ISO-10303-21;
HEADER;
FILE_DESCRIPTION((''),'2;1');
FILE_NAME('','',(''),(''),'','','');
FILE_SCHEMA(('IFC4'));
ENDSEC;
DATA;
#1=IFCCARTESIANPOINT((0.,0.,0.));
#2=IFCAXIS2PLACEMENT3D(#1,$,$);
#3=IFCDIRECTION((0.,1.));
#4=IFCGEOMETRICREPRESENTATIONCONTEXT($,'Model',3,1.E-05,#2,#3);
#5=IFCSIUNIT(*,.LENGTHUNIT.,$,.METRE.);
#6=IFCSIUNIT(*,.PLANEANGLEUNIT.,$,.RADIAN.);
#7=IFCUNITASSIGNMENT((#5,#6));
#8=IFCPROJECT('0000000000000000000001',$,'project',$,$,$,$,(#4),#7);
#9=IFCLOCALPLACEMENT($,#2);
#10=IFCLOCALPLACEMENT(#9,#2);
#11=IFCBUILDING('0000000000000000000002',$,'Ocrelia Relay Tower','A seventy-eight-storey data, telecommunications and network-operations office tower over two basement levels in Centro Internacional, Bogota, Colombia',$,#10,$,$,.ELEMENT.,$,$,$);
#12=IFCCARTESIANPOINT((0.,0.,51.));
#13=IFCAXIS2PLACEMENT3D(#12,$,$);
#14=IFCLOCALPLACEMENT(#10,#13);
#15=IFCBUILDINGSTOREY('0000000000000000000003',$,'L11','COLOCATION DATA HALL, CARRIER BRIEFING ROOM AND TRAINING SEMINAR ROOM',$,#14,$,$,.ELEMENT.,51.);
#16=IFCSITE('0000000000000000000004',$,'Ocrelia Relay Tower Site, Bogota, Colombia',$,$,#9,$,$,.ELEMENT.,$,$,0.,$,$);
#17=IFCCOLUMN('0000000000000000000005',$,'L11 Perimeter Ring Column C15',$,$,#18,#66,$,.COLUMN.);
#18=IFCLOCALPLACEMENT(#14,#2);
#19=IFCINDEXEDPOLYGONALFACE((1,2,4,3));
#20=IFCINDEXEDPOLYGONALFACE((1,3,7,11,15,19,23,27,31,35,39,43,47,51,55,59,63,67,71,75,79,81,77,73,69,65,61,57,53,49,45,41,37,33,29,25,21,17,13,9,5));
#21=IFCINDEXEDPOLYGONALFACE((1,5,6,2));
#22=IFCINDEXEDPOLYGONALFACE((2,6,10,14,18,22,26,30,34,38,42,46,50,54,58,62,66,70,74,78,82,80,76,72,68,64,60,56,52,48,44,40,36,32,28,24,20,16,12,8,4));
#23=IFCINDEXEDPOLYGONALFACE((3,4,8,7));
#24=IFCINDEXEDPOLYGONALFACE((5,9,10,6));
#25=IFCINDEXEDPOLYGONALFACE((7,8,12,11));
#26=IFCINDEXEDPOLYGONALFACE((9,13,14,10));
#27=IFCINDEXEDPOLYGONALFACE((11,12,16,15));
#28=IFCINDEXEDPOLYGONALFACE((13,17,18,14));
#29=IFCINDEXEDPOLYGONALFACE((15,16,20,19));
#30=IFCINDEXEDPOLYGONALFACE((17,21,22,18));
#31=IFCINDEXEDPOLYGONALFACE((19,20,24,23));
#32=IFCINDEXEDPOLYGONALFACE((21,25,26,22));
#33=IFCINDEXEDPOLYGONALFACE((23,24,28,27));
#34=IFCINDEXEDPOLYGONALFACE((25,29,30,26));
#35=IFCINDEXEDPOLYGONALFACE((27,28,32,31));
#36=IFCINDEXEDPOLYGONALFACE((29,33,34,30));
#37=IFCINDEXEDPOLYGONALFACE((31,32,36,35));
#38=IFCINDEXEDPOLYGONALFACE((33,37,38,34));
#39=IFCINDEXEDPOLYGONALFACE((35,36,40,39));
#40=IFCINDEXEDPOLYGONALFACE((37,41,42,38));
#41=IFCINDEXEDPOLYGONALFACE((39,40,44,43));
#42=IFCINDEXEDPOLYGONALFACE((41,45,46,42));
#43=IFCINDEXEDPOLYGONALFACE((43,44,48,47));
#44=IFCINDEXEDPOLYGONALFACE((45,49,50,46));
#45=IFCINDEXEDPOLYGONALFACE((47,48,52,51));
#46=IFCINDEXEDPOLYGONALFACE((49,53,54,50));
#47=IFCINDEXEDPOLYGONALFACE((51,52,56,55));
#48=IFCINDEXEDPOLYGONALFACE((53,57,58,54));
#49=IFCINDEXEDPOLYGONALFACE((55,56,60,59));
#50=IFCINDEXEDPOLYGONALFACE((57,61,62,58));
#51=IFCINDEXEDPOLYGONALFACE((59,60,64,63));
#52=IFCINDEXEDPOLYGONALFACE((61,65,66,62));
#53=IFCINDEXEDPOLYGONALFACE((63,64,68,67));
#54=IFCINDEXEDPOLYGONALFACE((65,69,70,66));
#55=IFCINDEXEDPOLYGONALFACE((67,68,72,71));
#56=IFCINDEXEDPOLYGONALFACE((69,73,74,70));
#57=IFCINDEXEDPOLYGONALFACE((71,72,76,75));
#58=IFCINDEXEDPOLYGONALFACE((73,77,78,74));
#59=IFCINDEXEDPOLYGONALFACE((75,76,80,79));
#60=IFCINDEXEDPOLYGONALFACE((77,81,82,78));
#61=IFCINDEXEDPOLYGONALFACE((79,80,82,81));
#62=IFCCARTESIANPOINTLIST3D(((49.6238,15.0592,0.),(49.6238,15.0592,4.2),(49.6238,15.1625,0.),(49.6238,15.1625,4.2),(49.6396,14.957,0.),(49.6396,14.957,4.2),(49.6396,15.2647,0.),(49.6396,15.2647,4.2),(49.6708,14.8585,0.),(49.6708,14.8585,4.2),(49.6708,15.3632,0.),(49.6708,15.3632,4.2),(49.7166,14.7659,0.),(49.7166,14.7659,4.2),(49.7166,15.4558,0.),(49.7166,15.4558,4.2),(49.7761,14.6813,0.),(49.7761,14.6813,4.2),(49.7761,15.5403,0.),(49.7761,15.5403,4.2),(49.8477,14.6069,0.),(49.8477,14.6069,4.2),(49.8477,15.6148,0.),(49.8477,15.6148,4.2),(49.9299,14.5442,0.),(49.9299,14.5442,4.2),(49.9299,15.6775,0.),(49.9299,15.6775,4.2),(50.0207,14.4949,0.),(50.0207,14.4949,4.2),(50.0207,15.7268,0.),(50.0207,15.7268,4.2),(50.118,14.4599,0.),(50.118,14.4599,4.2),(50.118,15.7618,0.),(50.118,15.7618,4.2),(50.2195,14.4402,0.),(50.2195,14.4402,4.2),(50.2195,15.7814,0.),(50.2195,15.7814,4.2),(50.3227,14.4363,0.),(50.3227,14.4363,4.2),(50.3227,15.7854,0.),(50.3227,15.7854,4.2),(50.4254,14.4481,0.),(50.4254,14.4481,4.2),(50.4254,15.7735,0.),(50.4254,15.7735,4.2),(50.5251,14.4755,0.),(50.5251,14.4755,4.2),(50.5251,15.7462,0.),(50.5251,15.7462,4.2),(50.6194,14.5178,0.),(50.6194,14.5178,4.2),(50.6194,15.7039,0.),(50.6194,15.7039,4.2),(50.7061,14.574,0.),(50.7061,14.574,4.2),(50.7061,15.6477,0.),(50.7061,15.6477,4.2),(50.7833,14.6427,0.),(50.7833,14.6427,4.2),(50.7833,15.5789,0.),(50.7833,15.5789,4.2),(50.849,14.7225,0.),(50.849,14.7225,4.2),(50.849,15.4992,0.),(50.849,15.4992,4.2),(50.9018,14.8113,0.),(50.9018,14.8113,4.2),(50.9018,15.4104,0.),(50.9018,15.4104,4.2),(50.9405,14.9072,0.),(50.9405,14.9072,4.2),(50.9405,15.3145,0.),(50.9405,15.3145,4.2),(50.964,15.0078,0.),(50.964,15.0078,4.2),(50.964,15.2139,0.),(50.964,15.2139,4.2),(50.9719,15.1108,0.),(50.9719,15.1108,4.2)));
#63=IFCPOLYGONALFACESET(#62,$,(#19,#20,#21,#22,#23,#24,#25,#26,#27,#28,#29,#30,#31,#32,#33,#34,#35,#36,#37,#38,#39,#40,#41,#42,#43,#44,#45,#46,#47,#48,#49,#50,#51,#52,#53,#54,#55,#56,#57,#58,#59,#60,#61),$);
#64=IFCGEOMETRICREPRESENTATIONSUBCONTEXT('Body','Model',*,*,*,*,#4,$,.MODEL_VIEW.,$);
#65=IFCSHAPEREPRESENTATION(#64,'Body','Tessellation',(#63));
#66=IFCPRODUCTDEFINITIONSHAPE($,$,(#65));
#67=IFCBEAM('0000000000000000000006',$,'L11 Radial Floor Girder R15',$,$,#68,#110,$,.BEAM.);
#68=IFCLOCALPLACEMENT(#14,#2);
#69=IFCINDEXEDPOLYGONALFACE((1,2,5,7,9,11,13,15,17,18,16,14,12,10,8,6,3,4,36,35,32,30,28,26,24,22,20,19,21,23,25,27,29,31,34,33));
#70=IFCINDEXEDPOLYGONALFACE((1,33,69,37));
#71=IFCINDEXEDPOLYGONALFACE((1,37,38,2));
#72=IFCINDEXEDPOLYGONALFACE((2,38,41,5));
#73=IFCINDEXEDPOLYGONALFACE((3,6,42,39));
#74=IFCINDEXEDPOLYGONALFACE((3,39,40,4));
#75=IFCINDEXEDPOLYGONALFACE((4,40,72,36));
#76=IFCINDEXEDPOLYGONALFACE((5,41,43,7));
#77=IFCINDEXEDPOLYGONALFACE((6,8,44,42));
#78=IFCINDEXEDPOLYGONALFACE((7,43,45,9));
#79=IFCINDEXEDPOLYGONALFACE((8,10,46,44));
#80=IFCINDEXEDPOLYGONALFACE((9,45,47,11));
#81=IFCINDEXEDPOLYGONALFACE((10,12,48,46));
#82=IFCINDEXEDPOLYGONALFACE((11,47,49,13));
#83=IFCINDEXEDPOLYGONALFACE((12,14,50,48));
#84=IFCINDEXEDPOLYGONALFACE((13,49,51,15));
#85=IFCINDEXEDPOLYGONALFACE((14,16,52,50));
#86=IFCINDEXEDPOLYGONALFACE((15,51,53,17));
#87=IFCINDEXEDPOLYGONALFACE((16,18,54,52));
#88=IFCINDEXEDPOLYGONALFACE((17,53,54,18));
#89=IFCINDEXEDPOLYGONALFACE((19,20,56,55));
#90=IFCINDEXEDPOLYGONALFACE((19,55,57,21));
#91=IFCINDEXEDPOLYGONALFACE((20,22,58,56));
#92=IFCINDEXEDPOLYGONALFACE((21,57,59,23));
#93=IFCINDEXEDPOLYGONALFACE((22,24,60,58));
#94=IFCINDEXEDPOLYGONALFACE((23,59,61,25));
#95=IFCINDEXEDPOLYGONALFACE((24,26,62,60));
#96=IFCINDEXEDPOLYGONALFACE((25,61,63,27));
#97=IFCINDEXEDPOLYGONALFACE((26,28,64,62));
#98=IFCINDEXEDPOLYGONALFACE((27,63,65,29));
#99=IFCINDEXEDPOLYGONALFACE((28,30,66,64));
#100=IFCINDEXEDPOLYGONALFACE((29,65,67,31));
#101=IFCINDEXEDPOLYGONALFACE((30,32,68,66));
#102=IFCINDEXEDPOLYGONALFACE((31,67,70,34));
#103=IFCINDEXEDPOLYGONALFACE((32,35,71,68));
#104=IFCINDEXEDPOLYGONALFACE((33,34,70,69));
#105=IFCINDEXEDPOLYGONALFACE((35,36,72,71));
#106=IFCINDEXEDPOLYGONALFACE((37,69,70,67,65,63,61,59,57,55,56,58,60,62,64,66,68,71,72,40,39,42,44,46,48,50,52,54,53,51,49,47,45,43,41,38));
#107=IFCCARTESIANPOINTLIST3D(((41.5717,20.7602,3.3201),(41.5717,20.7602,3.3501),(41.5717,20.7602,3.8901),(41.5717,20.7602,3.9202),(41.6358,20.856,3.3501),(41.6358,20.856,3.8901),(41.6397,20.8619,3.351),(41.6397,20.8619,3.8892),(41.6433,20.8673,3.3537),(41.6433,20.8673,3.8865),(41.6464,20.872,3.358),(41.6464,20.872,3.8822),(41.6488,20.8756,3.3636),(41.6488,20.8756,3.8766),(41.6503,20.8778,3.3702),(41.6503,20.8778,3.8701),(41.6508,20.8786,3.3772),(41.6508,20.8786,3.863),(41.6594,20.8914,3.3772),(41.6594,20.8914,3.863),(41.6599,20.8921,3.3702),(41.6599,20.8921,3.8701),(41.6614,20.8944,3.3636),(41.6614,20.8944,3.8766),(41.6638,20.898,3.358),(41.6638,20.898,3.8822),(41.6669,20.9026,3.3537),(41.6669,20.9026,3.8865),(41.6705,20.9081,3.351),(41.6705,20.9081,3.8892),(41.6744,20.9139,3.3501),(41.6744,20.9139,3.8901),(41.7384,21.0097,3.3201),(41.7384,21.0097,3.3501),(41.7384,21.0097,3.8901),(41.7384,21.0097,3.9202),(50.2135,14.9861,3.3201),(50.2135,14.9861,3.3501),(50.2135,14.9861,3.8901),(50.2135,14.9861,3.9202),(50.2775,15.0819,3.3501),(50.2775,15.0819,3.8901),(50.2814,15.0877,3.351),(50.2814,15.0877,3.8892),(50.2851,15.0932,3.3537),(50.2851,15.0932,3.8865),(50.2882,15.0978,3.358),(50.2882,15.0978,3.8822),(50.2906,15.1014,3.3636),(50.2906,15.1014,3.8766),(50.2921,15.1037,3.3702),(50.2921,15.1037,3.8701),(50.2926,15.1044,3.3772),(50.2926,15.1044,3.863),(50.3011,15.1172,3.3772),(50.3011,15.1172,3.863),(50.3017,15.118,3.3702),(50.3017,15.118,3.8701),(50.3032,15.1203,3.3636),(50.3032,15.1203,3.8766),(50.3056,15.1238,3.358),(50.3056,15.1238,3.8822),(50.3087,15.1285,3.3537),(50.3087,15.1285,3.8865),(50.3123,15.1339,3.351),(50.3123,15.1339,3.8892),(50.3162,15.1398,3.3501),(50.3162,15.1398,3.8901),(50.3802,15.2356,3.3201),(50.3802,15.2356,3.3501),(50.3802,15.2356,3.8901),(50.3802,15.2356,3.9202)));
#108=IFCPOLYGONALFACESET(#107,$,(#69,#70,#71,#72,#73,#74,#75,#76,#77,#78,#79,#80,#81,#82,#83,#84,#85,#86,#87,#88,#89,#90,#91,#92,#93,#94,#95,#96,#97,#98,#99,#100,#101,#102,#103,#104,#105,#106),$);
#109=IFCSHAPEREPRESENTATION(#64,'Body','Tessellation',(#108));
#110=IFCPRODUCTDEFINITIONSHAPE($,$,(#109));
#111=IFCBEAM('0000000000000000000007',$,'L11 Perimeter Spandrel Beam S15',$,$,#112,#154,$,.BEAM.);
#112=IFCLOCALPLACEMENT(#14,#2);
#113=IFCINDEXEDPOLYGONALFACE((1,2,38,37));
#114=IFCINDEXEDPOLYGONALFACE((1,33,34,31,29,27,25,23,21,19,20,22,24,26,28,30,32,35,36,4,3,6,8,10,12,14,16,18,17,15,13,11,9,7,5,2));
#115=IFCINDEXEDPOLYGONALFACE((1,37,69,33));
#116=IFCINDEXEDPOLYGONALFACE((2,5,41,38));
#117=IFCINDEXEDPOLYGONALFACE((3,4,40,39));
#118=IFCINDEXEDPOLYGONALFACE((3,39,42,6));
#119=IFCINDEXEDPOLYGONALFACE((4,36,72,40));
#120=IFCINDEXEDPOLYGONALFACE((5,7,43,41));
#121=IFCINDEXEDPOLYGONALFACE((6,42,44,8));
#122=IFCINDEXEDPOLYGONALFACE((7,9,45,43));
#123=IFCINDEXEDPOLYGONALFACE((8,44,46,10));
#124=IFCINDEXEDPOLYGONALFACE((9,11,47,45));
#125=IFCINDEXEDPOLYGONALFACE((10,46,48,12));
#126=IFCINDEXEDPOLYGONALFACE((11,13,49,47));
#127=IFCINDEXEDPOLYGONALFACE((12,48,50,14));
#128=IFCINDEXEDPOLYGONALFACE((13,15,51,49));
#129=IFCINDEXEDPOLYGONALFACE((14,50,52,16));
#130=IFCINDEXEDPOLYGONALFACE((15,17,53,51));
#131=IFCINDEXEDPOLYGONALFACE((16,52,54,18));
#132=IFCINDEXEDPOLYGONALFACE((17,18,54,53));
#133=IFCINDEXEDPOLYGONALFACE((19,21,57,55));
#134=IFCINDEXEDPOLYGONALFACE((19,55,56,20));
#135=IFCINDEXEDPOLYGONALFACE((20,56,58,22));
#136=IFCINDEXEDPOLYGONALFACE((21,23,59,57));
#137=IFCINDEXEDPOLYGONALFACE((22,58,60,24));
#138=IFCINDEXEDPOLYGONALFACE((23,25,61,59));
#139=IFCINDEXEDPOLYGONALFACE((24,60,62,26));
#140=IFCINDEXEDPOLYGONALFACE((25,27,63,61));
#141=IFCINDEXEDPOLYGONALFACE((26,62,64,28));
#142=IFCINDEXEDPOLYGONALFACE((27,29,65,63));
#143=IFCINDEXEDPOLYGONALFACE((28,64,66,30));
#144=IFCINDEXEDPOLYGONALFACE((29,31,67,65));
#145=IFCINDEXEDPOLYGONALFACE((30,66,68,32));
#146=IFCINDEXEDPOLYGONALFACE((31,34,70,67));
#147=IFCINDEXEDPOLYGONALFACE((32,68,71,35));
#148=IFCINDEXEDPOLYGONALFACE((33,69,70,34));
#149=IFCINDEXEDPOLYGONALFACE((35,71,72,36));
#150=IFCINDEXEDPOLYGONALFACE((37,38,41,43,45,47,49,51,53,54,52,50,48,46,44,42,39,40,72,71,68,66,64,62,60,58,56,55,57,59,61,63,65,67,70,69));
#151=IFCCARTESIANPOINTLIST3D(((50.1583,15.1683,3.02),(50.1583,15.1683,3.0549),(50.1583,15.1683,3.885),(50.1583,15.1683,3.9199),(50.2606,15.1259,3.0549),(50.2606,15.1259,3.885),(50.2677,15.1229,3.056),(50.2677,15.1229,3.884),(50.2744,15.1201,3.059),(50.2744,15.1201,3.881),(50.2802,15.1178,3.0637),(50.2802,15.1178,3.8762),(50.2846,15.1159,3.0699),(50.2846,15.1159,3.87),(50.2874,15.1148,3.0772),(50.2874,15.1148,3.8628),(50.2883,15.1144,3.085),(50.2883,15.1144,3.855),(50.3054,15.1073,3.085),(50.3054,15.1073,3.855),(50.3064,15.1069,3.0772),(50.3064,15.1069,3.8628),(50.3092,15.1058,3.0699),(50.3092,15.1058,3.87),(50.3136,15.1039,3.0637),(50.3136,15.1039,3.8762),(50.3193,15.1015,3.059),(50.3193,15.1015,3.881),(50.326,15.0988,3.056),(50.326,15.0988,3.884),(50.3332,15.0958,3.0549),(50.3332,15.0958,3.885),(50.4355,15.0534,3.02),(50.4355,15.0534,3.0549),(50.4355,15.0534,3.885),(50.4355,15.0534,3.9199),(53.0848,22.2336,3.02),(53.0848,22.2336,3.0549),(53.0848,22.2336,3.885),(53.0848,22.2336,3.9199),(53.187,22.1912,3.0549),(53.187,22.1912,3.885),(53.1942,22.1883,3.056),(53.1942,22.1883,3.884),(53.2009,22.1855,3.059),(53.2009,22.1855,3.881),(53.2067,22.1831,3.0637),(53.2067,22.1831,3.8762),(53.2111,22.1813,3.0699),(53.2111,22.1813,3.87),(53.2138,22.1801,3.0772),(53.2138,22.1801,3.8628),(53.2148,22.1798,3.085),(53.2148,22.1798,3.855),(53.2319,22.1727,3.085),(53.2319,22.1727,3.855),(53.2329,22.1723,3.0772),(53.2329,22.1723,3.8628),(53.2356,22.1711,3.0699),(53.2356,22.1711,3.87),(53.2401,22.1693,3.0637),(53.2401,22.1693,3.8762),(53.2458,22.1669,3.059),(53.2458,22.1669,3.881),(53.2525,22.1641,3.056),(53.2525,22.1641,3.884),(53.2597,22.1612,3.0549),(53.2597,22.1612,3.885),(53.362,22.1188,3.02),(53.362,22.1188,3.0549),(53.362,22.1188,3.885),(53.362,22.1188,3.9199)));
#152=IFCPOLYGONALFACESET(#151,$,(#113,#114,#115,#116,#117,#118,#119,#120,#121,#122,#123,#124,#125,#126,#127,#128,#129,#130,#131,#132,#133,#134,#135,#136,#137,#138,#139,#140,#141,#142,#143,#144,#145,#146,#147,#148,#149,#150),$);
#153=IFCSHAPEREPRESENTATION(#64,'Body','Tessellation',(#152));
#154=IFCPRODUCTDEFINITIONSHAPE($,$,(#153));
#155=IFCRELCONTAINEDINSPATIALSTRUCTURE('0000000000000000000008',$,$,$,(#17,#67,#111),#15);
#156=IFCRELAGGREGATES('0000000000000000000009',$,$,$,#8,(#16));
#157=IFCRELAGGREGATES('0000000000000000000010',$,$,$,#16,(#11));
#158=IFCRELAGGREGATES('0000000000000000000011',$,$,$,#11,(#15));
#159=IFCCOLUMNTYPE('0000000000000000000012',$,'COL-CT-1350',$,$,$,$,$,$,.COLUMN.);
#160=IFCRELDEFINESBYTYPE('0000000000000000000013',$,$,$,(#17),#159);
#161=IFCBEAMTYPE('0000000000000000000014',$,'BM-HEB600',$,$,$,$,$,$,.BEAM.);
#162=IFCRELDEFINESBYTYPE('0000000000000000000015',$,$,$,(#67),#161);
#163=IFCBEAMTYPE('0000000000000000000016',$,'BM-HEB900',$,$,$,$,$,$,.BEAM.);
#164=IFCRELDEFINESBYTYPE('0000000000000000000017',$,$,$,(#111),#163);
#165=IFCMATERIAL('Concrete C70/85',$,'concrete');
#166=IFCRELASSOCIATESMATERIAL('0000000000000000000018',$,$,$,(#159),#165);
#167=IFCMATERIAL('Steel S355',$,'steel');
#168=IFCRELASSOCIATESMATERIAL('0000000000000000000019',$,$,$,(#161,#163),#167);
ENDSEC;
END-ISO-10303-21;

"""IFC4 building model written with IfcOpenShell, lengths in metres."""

from ifc_helpers import new_model, si_unit, direction, frame, origin, origin_2d, place, context, subcontext, project, spatial, circle, i_section, extrude, material, material_profile, profile_set, type_object, element, save


model = new_model("IFC4")

# Units and contexts
model_context = context("Model", 3, precision=1e-05, world=origin(), true_north=direction((0.0, 1.0)))
body_context = subcontext(model_context, "Body", "Model", "MODEL_VIEW")
ifc_project = project(units=[si_unit("LENGTHUNIT", "METRE"), si_unit("PLANEANGLEUNIT", "RADIAN")], contexts=[model_context])

# Site, building, storey
site_placement = place(None, origin())
site = spatial("IfcSite", under=ifc_project, at=site_placement, Name="Ocrelia Relay Tower Site, Bogota, Colombia", CompositionType="ELEMENT", RefElevation=0.0)
building_placement = place(site_placement, origin())
building = spatial("IfcBuilding", under=site, at=building_placement, Name="Ocrelia Relay Tower", Description="A seventy-eight-storey data, telecommunications and network-operations office tower over two basement levels in Centro Internacional, Bogota, Colombia", CompositionType="ELEMENT")
storey_placement = place(building_placement, frame((0.0, 0.0, 51.0)))
storey = spatial("IfcBuildingStorey", under=building, at=storey_placement, Name="L11", Description="COLOCATION DATA HALL, CARRIER BRIEFING ROOM AND TRAINING SEMINAR ROOM", CompositionType="ELEMENT", Elevation=51.0)

# Column
ifc_material_1 = material(Name="Concrete C70/85", Category="concrete")
ifc_material_profile_1 = material_profile(ifc_material_1, circle(Radius=0.675, at=origin_2d()), Name="RC-CIR-1350")
ifc_profile_set_1 = profile_set([ifc_material_profile_1], Name="Concrete C70/85")
column_type = type_object("IfcColumnType", Name="COL-CT-1350", PredefinedType="COLUMN", material=ifc_profile_set_1)
column_placement = place(storey_placement, frame((50.2969, 15.1108, 0.0), z_axis=(0.0, 0.0, 1.0), x_axis=(1.0, 0.0, 0.0)))
element("IfcColumn", 1, at=column_placement, inside=storey, type_object=column_type, Name="L11 Perimeter Ring Column C15", PredefinedType="COLUMN", context=body_context, shape_type="SweptSolid", body=[
    extrude(circle(Radius=0.675, at=origin_2d()), origin(), (0.0, 0.0, 1.0), 4.2),
])

# Beams
ifc_material_2 = material(Name="Steel S355", Category="steel")
ifc_material_profile_2 = material_profile(ifc_material_2, i_section(OverallWidth=0.3, OverallDepth=0.6001, WebThickness=0.0154, FlangeThickness=0.03, FilletRadius=0.0271, at=origin_2d()), Name="HEB 600")
ifc_profile_set_2 = profile_set([ifc_material_profile_2], Name="Steel S355")
beam_type_1 = type_object("IfcBeamType", Name="BM-HEB600", PredefinedType="BEAM", material=ifc_profile_set_2)
beam_1_placement = place(storey_placement, frame((50.2969, 15.1108, 3.6201), z_axis=(-0.831475, 0.555562, 0.0), x_axis=(-0.555562, -0.831475, 0.0)))
element("IfcBeam", 2, at=beam_1_placement, inside=storey, type_object=beam_type_1, Name="L11 Radial Floor Girder R15", PredefinedType="BEAM", context=body_context, shape_type="SweptSolid", body=[
    extrude(i_section(OverallWidth=0.3, OverallDepth=0.6001, WebThickness=0.0154, FlangeThickness=0.03, FilletRadius=0.0271, at=origin_2d()), origin(), (0.0, 0.0, 1.0), 10.3933),
])
ifc_material_profile_3 = material_profile(ifc_material_2, i_section(OverallWidth=0.3, OverallDepth=0.8999, WebThickness=0.0186, FlangeThickness=0.0349, FilletRadius=0.03, at=origin_2d()), Name="HEB 900")
ifc_profile_set_3 = profile_set([ifc_material_profile_3], Name="Steel S355")
beam_type_2 = type_object("IfcBeamType", Name="BM-HEB900", PredefinedType="BEAM", material=ifc_profile_set_3)
beam_2_placement = place(storey_placement, frame((50.2969, 15.1108, 3.47), z_axis=(0.382674, 0.923883, 0.0), x_axis=(-0.923883, 0.382674, 0.0)))
element("IfcBeam", 3, at=beam_2_placement, inside=storey, type_object=beam_type_2, Name="L11 Perimeter Spandrel Beam S15", PredefinedType="BEAM", context=body_context, shape_type="SweptSolid", body=[
    extrude(i_section(OverallWidth=0.3, OverallDepth=0.8999, WebThickness=0.0186, FlangeThickness=0.0349, FilletRadius=0.03, at=origin_2d()), origin(), (0.0, 0.0, 1.0), 7.6475),
])

save(model, "model.ifc")
